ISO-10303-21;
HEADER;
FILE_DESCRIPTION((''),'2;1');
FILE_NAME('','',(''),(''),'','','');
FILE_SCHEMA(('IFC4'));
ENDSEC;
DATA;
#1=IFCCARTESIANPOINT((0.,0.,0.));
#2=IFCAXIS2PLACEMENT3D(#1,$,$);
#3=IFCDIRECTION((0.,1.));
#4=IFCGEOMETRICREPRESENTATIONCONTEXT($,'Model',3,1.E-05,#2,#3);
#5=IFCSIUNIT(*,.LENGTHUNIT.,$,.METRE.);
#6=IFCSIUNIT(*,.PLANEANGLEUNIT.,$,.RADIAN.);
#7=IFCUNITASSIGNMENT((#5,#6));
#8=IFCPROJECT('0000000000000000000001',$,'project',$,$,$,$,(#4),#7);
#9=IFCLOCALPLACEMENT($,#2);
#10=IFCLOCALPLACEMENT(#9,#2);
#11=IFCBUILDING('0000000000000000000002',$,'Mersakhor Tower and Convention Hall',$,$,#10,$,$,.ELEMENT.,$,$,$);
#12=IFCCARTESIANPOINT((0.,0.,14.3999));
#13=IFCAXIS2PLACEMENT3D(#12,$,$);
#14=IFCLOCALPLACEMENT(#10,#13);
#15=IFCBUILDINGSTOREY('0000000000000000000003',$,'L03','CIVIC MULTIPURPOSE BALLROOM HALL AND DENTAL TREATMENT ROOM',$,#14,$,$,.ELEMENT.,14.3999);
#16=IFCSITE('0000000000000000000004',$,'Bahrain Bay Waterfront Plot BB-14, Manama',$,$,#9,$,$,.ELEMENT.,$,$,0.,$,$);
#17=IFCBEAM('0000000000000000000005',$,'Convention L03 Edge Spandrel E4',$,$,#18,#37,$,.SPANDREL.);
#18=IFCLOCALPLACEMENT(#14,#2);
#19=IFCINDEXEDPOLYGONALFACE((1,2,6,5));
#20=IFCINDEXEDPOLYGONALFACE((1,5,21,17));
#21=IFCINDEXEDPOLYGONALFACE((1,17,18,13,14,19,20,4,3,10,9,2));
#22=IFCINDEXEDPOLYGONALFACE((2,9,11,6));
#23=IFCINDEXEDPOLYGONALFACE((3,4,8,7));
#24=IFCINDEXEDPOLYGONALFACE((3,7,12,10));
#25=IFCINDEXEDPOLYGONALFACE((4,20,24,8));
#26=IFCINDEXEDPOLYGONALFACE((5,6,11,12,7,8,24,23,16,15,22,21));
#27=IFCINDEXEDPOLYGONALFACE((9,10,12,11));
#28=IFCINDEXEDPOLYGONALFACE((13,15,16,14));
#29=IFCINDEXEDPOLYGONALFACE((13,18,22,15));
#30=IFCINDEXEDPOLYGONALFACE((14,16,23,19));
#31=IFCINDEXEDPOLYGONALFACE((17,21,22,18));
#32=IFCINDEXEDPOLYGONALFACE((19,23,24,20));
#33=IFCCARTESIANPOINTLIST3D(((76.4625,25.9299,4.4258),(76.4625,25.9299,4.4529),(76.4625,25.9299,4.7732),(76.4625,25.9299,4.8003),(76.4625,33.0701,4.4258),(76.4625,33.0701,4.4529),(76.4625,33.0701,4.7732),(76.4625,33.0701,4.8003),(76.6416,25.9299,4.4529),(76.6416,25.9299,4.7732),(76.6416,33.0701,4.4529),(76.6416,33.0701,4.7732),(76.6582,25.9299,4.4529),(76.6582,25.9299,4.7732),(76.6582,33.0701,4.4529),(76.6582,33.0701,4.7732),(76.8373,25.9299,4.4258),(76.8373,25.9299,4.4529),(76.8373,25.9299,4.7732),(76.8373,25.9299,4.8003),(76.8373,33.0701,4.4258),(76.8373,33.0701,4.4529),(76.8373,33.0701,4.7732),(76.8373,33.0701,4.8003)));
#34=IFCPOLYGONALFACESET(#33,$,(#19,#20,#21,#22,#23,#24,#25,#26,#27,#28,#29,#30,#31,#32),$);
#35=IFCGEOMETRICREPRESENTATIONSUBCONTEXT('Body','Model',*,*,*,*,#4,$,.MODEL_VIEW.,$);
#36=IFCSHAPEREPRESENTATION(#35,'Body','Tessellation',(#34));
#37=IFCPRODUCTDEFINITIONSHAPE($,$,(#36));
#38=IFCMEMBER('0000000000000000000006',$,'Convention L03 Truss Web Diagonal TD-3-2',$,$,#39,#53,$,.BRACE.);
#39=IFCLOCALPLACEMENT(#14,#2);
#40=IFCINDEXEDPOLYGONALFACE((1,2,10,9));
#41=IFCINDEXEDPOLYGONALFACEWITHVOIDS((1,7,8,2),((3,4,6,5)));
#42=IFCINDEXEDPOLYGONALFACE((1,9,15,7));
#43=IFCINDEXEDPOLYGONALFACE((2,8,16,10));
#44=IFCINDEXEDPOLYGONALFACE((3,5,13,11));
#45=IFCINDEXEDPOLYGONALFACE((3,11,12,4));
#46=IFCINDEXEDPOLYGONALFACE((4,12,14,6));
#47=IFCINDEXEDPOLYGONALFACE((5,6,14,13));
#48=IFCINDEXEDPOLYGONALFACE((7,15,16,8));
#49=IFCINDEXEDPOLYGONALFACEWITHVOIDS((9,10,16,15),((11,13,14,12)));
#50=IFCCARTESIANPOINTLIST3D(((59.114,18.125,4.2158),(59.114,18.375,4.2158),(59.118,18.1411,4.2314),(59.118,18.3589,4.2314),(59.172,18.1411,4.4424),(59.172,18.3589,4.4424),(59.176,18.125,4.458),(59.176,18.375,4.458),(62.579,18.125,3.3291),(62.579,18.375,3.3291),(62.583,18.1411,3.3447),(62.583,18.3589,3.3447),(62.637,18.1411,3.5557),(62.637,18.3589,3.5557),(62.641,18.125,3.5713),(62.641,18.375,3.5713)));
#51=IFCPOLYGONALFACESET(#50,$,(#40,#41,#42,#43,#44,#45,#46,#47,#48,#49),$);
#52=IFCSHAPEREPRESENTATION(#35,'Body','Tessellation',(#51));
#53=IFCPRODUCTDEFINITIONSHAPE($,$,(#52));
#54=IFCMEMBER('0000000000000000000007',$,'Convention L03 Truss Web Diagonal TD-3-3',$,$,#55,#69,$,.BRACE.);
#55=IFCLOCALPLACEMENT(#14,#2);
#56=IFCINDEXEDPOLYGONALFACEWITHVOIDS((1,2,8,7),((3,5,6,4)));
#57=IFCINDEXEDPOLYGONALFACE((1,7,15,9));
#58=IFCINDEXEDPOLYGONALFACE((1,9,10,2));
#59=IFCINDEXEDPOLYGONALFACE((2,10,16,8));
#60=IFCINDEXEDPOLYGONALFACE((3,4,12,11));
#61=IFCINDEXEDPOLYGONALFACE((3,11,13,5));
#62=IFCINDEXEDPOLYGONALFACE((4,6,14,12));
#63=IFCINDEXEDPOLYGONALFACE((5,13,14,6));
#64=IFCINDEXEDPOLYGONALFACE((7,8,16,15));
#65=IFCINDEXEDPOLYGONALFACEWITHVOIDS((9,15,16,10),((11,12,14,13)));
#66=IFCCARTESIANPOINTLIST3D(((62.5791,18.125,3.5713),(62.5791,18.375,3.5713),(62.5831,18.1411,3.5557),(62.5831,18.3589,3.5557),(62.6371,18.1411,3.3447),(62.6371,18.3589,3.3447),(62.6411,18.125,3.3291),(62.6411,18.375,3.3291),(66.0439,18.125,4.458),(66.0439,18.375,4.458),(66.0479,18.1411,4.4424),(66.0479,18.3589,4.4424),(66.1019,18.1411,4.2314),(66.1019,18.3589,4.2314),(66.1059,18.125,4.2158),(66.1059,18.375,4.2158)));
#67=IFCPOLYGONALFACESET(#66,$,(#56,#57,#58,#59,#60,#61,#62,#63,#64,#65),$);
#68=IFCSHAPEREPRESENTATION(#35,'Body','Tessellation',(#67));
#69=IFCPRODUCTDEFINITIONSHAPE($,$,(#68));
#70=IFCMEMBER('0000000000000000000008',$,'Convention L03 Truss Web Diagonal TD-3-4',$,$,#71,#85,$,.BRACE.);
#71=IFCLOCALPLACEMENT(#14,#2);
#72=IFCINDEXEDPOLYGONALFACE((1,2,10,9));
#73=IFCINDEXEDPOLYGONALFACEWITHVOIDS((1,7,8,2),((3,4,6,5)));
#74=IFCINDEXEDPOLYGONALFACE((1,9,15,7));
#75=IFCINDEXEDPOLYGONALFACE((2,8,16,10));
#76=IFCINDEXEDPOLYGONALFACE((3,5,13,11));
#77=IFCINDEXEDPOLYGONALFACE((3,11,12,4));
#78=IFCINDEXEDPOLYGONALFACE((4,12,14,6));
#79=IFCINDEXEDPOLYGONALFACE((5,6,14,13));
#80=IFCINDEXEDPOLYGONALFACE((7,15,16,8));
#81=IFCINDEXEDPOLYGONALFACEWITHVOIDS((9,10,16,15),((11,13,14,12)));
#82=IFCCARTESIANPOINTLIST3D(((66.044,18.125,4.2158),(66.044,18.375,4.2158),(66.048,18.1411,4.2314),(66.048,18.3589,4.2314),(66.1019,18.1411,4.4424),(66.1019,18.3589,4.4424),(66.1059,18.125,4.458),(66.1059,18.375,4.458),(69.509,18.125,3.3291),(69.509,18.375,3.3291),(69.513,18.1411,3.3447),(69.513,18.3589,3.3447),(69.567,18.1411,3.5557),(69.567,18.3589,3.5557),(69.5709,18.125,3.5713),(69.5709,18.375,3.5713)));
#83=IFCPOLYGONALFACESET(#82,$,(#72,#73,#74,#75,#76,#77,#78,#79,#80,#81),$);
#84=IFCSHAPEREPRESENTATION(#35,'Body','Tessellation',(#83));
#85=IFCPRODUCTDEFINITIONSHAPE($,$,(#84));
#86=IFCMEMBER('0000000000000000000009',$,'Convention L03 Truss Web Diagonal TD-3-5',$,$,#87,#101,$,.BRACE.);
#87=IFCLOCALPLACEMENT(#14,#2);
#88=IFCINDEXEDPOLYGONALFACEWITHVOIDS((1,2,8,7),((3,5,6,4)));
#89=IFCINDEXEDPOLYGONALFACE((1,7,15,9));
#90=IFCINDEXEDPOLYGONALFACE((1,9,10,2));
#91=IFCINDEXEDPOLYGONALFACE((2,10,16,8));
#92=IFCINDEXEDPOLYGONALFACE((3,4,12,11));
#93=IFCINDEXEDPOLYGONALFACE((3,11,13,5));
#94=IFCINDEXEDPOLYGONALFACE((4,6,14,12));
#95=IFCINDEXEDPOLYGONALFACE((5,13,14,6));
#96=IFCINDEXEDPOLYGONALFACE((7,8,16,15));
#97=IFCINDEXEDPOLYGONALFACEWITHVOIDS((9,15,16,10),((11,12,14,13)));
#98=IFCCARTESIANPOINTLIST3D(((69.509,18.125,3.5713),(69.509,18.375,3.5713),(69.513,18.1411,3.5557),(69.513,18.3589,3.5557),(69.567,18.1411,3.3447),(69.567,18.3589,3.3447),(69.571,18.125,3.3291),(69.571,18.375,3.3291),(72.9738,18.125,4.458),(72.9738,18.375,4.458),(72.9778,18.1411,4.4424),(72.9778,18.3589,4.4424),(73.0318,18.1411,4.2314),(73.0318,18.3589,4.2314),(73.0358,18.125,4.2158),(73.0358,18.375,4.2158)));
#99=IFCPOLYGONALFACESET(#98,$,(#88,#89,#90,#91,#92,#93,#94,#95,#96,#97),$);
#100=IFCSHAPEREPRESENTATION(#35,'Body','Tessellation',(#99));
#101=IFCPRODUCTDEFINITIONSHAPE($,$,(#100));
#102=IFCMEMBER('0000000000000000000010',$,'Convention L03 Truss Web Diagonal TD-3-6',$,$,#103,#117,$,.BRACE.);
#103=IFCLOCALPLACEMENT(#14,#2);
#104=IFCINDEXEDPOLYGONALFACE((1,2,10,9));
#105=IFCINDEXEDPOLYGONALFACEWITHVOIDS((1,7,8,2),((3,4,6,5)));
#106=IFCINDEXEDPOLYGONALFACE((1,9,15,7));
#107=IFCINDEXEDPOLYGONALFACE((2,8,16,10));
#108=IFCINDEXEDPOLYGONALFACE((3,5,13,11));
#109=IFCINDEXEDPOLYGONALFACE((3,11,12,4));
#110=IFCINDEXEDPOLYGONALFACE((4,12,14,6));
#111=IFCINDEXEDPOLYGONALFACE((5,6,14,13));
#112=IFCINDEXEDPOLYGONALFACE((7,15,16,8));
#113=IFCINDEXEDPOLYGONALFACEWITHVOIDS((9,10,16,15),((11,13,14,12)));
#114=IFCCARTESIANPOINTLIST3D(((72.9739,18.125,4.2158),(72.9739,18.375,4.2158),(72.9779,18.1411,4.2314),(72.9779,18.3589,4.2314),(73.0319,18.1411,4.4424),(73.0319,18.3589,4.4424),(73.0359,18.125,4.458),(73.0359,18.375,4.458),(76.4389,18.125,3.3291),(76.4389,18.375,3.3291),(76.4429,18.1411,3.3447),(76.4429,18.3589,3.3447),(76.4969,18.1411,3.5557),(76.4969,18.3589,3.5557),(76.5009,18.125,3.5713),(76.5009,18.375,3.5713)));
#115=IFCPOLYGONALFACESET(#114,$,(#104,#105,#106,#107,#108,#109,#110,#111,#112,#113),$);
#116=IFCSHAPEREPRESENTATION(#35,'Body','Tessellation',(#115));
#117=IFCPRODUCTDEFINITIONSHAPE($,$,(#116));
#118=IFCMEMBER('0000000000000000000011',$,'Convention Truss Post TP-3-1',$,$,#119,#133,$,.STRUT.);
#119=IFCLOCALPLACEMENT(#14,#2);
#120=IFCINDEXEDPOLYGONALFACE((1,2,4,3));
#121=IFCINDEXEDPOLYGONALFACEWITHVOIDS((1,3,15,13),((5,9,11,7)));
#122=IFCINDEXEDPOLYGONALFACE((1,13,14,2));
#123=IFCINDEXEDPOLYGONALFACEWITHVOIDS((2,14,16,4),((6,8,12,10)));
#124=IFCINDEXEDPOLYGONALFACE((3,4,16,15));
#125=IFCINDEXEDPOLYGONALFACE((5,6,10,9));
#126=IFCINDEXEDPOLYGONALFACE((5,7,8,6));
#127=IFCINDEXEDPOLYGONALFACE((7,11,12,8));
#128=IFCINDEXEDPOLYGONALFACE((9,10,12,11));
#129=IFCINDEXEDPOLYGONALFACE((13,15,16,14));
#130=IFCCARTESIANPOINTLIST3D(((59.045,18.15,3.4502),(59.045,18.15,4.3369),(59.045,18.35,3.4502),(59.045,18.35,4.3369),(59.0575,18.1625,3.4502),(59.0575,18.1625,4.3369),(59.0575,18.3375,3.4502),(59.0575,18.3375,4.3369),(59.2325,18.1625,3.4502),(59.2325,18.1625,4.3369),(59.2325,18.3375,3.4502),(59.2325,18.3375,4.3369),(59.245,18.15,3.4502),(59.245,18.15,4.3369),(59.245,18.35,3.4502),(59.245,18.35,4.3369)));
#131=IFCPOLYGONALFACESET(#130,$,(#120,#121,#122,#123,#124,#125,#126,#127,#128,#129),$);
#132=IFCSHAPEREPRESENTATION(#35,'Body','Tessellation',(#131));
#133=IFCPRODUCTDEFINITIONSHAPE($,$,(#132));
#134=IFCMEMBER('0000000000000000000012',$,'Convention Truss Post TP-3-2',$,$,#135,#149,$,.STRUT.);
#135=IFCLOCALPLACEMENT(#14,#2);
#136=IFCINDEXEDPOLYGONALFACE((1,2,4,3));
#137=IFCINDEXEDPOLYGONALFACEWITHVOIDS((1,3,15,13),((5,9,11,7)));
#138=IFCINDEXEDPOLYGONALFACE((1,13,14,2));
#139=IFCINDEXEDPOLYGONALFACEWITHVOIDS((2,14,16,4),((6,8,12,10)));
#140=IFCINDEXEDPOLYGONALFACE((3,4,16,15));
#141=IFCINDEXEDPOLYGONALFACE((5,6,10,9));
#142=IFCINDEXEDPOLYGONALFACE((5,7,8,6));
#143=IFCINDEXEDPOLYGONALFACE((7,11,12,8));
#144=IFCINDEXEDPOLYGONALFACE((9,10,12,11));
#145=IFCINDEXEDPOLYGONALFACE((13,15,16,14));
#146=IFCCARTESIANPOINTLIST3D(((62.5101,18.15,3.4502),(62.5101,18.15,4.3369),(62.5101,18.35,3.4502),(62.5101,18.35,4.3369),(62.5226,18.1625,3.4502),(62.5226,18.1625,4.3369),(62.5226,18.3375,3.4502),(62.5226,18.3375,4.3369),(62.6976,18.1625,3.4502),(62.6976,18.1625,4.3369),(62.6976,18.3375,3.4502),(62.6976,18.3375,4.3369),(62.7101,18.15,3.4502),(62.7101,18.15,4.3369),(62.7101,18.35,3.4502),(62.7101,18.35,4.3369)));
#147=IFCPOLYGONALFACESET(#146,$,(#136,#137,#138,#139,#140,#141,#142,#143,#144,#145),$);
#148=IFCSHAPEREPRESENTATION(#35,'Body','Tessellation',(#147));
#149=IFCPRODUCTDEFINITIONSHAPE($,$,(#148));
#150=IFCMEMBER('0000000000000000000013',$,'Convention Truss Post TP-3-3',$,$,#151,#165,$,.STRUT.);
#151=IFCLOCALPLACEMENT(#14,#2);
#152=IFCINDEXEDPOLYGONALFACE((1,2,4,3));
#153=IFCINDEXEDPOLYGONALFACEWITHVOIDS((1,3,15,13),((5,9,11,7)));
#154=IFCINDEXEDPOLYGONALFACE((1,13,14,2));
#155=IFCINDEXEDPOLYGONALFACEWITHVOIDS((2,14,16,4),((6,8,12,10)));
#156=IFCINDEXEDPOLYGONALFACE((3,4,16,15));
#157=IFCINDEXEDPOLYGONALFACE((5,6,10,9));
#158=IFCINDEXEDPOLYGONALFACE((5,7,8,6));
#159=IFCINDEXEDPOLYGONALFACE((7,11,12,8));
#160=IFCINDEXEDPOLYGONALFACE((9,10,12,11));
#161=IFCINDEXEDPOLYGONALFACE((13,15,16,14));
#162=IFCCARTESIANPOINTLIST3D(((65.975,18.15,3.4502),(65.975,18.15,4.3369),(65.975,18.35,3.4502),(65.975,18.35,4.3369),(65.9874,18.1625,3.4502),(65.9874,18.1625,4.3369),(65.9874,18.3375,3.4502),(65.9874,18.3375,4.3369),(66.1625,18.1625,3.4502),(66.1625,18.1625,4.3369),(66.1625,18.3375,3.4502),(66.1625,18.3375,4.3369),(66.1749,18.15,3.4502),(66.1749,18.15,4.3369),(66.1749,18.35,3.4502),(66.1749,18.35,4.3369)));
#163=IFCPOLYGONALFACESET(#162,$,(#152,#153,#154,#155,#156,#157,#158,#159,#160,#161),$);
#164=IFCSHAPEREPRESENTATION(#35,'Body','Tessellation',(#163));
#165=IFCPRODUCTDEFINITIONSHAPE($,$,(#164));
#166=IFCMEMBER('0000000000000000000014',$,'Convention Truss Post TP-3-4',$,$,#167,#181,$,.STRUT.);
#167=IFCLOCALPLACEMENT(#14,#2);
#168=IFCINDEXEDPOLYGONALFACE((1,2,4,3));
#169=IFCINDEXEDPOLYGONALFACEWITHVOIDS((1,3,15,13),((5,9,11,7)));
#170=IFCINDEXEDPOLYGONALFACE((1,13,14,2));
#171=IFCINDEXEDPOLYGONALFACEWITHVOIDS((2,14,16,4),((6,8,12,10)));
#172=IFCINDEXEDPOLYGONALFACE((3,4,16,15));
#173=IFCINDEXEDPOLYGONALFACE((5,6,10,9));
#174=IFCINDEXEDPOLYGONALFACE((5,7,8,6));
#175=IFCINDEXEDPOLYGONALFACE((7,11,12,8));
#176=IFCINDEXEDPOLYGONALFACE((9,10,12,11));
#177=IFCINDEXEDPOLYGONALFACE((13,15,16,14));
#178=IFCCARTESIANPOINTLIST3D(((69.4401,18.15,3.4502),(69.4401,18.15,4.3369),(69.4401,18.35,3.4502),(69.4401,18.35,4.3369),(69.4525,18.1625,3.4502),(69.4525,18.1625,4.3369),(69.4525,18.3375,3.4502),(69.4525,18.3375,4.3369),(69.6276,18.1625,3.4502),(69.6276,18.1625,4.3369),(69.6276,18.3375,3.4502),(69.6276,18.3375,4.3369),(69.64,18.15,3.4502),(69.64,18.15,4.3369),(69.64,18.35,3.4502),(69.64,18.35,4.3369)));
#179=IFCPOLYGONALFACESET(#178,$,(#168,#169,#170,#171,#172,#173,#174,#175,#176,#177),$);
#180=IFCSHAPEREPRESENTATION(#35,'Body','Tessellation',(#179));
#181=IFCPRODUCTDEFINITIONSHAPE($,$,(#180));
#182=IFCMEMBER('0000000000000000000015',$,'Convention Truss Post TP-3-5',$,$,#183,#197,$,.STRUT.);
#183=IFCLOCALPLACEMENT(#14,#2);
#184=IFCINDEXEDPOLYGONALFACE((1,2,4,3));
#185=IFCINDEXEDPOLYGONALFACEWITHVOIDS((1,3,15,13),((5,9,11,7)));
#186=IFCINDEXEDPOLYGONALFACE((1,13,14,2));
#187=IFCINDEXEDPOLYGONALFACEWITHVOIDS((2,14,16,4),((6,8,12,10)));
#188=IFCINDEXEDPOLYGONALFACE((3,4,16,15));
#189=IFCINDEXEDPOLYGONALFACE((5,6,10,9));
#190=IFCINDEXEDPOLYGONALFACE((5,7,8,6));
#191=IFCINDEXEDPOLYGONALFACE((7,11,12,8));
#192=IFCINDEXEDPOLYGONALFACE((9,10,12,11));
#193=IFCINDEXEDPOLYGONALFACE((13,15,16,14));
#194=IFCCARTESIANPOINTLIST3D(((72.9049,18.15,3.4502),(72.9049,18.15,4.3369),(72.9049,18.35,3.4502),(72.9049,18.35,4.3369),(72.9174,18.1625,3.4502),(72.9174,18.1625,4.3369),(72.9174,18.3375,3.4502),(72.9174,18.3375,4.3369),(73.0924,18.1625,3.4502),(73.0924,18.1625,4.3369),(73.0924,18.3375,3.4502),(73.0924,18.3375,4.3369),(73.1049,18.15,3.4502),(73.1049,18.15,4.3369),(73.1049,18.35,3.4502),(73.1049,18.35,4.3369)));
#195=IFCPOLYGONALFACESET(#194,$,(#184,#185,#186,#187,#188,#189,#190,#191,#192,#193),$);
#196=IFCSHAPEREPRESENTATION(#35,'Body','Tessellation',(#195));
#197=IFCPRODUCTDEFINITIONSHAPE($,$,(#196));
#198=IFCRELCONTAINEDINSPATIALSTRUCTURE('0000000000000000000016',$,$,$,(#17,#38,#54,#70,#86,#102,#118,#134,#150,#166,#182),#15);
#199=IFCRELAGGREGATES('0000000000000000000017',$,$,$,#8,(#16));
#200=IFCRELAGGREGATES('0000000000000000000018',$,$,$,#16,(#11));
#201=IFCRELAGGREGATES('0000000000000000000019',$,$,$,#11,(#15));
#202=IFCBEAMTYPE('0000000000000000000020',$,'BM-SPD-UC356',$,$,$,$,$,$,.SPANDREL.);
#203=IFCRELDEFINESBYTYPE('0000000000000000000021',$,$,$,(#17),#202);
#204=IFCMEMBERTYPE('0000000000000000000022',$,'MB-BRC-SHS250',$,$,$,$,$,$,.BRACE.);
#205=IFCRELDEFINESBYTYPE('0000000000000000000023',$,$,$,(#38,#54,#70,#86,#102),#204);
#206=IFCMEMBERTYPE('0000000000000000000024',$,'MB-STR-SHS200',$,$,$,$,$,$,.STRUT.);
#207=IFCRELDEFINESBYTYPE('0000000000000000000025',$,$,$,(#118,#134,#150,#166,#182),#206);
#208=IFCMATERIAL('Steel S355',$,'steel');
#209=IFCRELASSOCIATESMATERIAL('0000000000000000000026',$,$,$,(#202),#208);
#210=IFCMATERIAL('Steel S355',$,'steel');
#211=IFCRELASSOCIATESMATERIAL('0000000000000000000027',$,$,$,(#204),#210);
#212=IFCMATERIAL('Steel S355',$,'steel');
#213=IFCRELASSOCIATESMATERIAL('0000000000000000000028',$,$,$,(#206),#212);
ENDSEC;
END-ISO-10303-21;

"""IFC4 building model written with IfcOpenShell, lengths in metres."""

from ifc_helpers import new_model, si_unit, direction, frame, origin, origin_2d, place, context, subcontext, project, spatial, hollow_rectangle, i_section, extrude, material, material_profile, profile_set, type_object, element, save


model = new_model("IFC4")

# Units and contexts
model_context = context("Model", 3, precision=1e-05, world=origin(), true_north=direction((0.0, 1.0)))
body_context = subcontext(model_context, "Body", "Model", "MODEL_VIEW")
ifc_project = project(units=[si_unit("LENGTHUNIT", "METRE"), si_unit("PLANEANGLEUNIT", "RADIAN")], contexts=[model_context])

# Site, building, storey
site_placement = place(None, origin())
site = spatial("IfcSite", under=ifc_project, at=site_placement, Name="Bahrain Bay Waterfront Plot BB-14, Manama", CompositionType="ELEMENT", RefElevation=0.0)
building_placement = place(site_placement, origin())
building = spatial("IfcBuilding", under=site, at=building_placement, Name="Mersakhor Tower and Convention Hall", CompositionType="ELEMENT")
storey_placement = place(building_placement, frame((0.0, 0.0, 14.3999)))
storey = spatial("IfcBuildingStorey", under=building, at=storey_placement, Name="L03", Description="CIVIC MULTIPURPOSE BALLROOM HALL AND DENTAL TREATMENT ROOM", CompositionType="ELEMENT", Elevation=14.3999)

# Beam
ifc_material_1 = material(Name="Steel S355", Category="steel")
ifc_material_profile_1 = material_profile(ifc_material_1, i_section(OverallWidth=0.3748, OverallDepth=0.3745, WebThickness=0.0166, FlangeThickness=0.0271, at=origin_2d()), Name="UC 356x368x202")
ifc_profile_set_1 = profile_set([ifc_material_profile_1], Name="Steel S355")
beam_type_1 = type_object("IfcBeamType", Name="BM-SPD-UC356", PredefinedType="SPANDREL", material=ifc_profile_set_1)
for number, where, z_axis, x_axis, name in (
    (1, (76.6499, 25.9299, 4.613), (0.0, 1.0, 0.0), (-1.0, 0.0, 0.0), "Convention L03 Edge Spandrel E4"),
):
    element("IfcBeam", number, at=place(storey_placement, frame(where, z_axis=z_axis, x_axis=x_axis)), inside=storey, type_object=beam_type_1, Name=name, PredefinedType="SPANDREL", context=body_context, shape_type="SweptSolid", body=[
        extrude(i_section(OverallWidth=0.3748, OverallDepth=0.3745, WebThickness=0.0166, FlangeThickness=0.0271, at=origin_2d()), origin(), (0.0, 0.0, 1.0), 7.1401),
    ])

# Members
ifc_material_2 = material(Name="Steel S355", Category="steel")
ifc_material_profile_2 = material_profile(ifc_material_2, hollow_rectangle(XDim=0.25, YDim=0.25, WallThickness=0.0161, at=origin_2d()), Name="SHS 250x250x16")
ifc_profile_set_2 = profile_set([ifc_material_profile_2], Name="Steel S355")
member_type_1 = type_object("IfcMemberType", Name="MB-BRC-SHS250", PredefinedType="BRACE", material=ifc_profile_set_2)
member_1_placement = place(storey_placement, frame((59.145, 18.25, 4.3369), z_axis=(0.968783, 0.0, -0.247912), x_axis=(0.0, 1.0, 0.0)))
element("IfcMember", 2, at=member_1_placement, inside=storey, type_object=member_type_1, Name="Convention L03 Truss Web Diagonal TD-3-2", PredefinedType="BRACE", context=body_context, shape_type="SweptSolid", body=[
    extrude(hollow_rectangle(XDim=0.25, YDim=0.25, WallThickness=0.0161, at=origin_2d()), origin(), (0.0, 0.0, 1.0), 3.5767),
])
member_2_placement = place(storey_placement, frame((62.6101, 18.25, 3.4502), z_axis=(0.968778, 0.0, 0.247929), x_axis=(0.0, 1.0, 0.0)))
element("IfcMember", 3, at=member_2_placement, inside=storey, type_object=member_type_1, Name="Convention L03 Truss Web Diagonal TD-3-3", PredefinedType="BRACE", context=body_context, shape_type="SweptSolid", body=[
    extrude(hollow_rectangle(XDim=0.25, YDim=0.25, WallThickness=0.0161, at=origin_2d()), origin(), (0.0, 0.0, 1.0), 3.5764),
])
member_3_placement = place(storey_placement, frame((66.075, 18.25, 4.3369), z_axis=(0.968783, 0.0, -0.247912), x_axis=(0.0, 1.0, 0.0)))
element("IfcMember", 4, at=member_3_placement, inside=storey, type_object=member_type_1, Name="Convention L03 Truss Web Diagonal TD-3-4", PredefinedType="BRACE", context=body_context, shape_type="SweptSolid", body=[
    extrude(hollow_rectangle(XDim=0.25, YDim=0.25, WallThickness=0.0161, at=origin_2d()), origin(), (0.0, 0.0, 1.0), 3.5767),
])
member_4_placement = place(storey_placement, frame((69.54, 18.25, 3.4502), z_axis=(0.968778, 0.0, 0.247929), x_axis=(0.0, 1.0, 0.0)))
element("IfcMember", 5, at=member_4_placement, inside=storey, type_object=member_type_1, Name="Convention L03 Truss Web Diagonal TD-3-5", PredefinedType="BRACE", context=body_context, shape_type="SweptSolid", body=[
    extrude(hollow_rectangle(XDim=0.25, YDim=0.25, WallThickness=0.0161, at=origin_2d()), origin(), (0.0, 0.0, 1.0), 3.5764),
])
member_5_placement = place(storey_placement, frame((73.0049, 18.25, 4.3369), z_axis=(0.968783, 0.0, -0.247912), x_axis=(0.0, 1.0, 0.0)))
element("IfcMember", 6, at=member_5_placement, inside=storey, type_object=member_type_1, Name="Convention L03 Truss Web Diagonal TD-3-6", PredefinedType="BRACE", context=body_context, shape_type="SweptSolid", body=[
    extrude(hollow_rectangle(XDim=0.25, YDim=0.25, WallThickness=0.0161, at=origin_2d()), origin(), (0.0, 0.0, 1.0), 3.5767),
])
ifc_material_3 = material(Name="Steel S355", Category="steel")
ifc_material_profile_3 = material_profile(ifc_material_3, hollow_rectangle(XDim=0.2, YDim=0.2, WallThickness=0.0125, at=origin_2d()), Name="SHS 200x200x12.5")
ifc_profile_set_3 = profile_set([ifc_material_profile_3], Name="Steel S355")
member_type_2 = type_object("IfcMemberType", Name="MB-STR-SHS200", PredefinedType="STRUT", material=ifc_profile_set_3)
for number, where, z_axis, x_axis, name in (
    (7, (59.145, 18.25, 3.4502), (0.0, 0.0, 1.0), (1.0, 0.0, 0.0), "Convention Truss Post TP-3-1"),
    (8, (62.6101, 18.25, 3.4502), (0.0, 0.0, 1.0), (1.0, 0.0, 0.0), "Convention Truss Post TP-3-2"),
    (9, (66.075, 18.25, 3.4502), (0.0, 0.0, 1.0), (1.0, 0.0, 0.0), "Convention Truss Post TP-3-3"),
    (10, (69.54, 18.25, 3.4502), (0.0, 0.0, 1.0), (1.0, 0.0, 0.0), "Convention Truss Post TP-3-4"),
    (11, (73.0049, 18.25, 3.4502), (0.0, 0.0, 1.0), (1.0, 0.0, 0.0), "Convention Truss Post TP-3-5"),
):
    element("IfcMember", number, at=place(storey_placement, frame(where, z_axis=z_axis, x_axis=x_axis)), inside=storey, type_object=member_type_2, Name=name, PredefinedType="STRUT", context=body_context, shape_type="SweptSolid", body=[
        extrude(hollow_rectangle(XDim=0.2, YDim=0.2, WallThickness=0.0125, at=origin_2d()), origin(), (0.0, 0.0, 1.0), 0.8867),
    ])

save(model, "model.ifc")
